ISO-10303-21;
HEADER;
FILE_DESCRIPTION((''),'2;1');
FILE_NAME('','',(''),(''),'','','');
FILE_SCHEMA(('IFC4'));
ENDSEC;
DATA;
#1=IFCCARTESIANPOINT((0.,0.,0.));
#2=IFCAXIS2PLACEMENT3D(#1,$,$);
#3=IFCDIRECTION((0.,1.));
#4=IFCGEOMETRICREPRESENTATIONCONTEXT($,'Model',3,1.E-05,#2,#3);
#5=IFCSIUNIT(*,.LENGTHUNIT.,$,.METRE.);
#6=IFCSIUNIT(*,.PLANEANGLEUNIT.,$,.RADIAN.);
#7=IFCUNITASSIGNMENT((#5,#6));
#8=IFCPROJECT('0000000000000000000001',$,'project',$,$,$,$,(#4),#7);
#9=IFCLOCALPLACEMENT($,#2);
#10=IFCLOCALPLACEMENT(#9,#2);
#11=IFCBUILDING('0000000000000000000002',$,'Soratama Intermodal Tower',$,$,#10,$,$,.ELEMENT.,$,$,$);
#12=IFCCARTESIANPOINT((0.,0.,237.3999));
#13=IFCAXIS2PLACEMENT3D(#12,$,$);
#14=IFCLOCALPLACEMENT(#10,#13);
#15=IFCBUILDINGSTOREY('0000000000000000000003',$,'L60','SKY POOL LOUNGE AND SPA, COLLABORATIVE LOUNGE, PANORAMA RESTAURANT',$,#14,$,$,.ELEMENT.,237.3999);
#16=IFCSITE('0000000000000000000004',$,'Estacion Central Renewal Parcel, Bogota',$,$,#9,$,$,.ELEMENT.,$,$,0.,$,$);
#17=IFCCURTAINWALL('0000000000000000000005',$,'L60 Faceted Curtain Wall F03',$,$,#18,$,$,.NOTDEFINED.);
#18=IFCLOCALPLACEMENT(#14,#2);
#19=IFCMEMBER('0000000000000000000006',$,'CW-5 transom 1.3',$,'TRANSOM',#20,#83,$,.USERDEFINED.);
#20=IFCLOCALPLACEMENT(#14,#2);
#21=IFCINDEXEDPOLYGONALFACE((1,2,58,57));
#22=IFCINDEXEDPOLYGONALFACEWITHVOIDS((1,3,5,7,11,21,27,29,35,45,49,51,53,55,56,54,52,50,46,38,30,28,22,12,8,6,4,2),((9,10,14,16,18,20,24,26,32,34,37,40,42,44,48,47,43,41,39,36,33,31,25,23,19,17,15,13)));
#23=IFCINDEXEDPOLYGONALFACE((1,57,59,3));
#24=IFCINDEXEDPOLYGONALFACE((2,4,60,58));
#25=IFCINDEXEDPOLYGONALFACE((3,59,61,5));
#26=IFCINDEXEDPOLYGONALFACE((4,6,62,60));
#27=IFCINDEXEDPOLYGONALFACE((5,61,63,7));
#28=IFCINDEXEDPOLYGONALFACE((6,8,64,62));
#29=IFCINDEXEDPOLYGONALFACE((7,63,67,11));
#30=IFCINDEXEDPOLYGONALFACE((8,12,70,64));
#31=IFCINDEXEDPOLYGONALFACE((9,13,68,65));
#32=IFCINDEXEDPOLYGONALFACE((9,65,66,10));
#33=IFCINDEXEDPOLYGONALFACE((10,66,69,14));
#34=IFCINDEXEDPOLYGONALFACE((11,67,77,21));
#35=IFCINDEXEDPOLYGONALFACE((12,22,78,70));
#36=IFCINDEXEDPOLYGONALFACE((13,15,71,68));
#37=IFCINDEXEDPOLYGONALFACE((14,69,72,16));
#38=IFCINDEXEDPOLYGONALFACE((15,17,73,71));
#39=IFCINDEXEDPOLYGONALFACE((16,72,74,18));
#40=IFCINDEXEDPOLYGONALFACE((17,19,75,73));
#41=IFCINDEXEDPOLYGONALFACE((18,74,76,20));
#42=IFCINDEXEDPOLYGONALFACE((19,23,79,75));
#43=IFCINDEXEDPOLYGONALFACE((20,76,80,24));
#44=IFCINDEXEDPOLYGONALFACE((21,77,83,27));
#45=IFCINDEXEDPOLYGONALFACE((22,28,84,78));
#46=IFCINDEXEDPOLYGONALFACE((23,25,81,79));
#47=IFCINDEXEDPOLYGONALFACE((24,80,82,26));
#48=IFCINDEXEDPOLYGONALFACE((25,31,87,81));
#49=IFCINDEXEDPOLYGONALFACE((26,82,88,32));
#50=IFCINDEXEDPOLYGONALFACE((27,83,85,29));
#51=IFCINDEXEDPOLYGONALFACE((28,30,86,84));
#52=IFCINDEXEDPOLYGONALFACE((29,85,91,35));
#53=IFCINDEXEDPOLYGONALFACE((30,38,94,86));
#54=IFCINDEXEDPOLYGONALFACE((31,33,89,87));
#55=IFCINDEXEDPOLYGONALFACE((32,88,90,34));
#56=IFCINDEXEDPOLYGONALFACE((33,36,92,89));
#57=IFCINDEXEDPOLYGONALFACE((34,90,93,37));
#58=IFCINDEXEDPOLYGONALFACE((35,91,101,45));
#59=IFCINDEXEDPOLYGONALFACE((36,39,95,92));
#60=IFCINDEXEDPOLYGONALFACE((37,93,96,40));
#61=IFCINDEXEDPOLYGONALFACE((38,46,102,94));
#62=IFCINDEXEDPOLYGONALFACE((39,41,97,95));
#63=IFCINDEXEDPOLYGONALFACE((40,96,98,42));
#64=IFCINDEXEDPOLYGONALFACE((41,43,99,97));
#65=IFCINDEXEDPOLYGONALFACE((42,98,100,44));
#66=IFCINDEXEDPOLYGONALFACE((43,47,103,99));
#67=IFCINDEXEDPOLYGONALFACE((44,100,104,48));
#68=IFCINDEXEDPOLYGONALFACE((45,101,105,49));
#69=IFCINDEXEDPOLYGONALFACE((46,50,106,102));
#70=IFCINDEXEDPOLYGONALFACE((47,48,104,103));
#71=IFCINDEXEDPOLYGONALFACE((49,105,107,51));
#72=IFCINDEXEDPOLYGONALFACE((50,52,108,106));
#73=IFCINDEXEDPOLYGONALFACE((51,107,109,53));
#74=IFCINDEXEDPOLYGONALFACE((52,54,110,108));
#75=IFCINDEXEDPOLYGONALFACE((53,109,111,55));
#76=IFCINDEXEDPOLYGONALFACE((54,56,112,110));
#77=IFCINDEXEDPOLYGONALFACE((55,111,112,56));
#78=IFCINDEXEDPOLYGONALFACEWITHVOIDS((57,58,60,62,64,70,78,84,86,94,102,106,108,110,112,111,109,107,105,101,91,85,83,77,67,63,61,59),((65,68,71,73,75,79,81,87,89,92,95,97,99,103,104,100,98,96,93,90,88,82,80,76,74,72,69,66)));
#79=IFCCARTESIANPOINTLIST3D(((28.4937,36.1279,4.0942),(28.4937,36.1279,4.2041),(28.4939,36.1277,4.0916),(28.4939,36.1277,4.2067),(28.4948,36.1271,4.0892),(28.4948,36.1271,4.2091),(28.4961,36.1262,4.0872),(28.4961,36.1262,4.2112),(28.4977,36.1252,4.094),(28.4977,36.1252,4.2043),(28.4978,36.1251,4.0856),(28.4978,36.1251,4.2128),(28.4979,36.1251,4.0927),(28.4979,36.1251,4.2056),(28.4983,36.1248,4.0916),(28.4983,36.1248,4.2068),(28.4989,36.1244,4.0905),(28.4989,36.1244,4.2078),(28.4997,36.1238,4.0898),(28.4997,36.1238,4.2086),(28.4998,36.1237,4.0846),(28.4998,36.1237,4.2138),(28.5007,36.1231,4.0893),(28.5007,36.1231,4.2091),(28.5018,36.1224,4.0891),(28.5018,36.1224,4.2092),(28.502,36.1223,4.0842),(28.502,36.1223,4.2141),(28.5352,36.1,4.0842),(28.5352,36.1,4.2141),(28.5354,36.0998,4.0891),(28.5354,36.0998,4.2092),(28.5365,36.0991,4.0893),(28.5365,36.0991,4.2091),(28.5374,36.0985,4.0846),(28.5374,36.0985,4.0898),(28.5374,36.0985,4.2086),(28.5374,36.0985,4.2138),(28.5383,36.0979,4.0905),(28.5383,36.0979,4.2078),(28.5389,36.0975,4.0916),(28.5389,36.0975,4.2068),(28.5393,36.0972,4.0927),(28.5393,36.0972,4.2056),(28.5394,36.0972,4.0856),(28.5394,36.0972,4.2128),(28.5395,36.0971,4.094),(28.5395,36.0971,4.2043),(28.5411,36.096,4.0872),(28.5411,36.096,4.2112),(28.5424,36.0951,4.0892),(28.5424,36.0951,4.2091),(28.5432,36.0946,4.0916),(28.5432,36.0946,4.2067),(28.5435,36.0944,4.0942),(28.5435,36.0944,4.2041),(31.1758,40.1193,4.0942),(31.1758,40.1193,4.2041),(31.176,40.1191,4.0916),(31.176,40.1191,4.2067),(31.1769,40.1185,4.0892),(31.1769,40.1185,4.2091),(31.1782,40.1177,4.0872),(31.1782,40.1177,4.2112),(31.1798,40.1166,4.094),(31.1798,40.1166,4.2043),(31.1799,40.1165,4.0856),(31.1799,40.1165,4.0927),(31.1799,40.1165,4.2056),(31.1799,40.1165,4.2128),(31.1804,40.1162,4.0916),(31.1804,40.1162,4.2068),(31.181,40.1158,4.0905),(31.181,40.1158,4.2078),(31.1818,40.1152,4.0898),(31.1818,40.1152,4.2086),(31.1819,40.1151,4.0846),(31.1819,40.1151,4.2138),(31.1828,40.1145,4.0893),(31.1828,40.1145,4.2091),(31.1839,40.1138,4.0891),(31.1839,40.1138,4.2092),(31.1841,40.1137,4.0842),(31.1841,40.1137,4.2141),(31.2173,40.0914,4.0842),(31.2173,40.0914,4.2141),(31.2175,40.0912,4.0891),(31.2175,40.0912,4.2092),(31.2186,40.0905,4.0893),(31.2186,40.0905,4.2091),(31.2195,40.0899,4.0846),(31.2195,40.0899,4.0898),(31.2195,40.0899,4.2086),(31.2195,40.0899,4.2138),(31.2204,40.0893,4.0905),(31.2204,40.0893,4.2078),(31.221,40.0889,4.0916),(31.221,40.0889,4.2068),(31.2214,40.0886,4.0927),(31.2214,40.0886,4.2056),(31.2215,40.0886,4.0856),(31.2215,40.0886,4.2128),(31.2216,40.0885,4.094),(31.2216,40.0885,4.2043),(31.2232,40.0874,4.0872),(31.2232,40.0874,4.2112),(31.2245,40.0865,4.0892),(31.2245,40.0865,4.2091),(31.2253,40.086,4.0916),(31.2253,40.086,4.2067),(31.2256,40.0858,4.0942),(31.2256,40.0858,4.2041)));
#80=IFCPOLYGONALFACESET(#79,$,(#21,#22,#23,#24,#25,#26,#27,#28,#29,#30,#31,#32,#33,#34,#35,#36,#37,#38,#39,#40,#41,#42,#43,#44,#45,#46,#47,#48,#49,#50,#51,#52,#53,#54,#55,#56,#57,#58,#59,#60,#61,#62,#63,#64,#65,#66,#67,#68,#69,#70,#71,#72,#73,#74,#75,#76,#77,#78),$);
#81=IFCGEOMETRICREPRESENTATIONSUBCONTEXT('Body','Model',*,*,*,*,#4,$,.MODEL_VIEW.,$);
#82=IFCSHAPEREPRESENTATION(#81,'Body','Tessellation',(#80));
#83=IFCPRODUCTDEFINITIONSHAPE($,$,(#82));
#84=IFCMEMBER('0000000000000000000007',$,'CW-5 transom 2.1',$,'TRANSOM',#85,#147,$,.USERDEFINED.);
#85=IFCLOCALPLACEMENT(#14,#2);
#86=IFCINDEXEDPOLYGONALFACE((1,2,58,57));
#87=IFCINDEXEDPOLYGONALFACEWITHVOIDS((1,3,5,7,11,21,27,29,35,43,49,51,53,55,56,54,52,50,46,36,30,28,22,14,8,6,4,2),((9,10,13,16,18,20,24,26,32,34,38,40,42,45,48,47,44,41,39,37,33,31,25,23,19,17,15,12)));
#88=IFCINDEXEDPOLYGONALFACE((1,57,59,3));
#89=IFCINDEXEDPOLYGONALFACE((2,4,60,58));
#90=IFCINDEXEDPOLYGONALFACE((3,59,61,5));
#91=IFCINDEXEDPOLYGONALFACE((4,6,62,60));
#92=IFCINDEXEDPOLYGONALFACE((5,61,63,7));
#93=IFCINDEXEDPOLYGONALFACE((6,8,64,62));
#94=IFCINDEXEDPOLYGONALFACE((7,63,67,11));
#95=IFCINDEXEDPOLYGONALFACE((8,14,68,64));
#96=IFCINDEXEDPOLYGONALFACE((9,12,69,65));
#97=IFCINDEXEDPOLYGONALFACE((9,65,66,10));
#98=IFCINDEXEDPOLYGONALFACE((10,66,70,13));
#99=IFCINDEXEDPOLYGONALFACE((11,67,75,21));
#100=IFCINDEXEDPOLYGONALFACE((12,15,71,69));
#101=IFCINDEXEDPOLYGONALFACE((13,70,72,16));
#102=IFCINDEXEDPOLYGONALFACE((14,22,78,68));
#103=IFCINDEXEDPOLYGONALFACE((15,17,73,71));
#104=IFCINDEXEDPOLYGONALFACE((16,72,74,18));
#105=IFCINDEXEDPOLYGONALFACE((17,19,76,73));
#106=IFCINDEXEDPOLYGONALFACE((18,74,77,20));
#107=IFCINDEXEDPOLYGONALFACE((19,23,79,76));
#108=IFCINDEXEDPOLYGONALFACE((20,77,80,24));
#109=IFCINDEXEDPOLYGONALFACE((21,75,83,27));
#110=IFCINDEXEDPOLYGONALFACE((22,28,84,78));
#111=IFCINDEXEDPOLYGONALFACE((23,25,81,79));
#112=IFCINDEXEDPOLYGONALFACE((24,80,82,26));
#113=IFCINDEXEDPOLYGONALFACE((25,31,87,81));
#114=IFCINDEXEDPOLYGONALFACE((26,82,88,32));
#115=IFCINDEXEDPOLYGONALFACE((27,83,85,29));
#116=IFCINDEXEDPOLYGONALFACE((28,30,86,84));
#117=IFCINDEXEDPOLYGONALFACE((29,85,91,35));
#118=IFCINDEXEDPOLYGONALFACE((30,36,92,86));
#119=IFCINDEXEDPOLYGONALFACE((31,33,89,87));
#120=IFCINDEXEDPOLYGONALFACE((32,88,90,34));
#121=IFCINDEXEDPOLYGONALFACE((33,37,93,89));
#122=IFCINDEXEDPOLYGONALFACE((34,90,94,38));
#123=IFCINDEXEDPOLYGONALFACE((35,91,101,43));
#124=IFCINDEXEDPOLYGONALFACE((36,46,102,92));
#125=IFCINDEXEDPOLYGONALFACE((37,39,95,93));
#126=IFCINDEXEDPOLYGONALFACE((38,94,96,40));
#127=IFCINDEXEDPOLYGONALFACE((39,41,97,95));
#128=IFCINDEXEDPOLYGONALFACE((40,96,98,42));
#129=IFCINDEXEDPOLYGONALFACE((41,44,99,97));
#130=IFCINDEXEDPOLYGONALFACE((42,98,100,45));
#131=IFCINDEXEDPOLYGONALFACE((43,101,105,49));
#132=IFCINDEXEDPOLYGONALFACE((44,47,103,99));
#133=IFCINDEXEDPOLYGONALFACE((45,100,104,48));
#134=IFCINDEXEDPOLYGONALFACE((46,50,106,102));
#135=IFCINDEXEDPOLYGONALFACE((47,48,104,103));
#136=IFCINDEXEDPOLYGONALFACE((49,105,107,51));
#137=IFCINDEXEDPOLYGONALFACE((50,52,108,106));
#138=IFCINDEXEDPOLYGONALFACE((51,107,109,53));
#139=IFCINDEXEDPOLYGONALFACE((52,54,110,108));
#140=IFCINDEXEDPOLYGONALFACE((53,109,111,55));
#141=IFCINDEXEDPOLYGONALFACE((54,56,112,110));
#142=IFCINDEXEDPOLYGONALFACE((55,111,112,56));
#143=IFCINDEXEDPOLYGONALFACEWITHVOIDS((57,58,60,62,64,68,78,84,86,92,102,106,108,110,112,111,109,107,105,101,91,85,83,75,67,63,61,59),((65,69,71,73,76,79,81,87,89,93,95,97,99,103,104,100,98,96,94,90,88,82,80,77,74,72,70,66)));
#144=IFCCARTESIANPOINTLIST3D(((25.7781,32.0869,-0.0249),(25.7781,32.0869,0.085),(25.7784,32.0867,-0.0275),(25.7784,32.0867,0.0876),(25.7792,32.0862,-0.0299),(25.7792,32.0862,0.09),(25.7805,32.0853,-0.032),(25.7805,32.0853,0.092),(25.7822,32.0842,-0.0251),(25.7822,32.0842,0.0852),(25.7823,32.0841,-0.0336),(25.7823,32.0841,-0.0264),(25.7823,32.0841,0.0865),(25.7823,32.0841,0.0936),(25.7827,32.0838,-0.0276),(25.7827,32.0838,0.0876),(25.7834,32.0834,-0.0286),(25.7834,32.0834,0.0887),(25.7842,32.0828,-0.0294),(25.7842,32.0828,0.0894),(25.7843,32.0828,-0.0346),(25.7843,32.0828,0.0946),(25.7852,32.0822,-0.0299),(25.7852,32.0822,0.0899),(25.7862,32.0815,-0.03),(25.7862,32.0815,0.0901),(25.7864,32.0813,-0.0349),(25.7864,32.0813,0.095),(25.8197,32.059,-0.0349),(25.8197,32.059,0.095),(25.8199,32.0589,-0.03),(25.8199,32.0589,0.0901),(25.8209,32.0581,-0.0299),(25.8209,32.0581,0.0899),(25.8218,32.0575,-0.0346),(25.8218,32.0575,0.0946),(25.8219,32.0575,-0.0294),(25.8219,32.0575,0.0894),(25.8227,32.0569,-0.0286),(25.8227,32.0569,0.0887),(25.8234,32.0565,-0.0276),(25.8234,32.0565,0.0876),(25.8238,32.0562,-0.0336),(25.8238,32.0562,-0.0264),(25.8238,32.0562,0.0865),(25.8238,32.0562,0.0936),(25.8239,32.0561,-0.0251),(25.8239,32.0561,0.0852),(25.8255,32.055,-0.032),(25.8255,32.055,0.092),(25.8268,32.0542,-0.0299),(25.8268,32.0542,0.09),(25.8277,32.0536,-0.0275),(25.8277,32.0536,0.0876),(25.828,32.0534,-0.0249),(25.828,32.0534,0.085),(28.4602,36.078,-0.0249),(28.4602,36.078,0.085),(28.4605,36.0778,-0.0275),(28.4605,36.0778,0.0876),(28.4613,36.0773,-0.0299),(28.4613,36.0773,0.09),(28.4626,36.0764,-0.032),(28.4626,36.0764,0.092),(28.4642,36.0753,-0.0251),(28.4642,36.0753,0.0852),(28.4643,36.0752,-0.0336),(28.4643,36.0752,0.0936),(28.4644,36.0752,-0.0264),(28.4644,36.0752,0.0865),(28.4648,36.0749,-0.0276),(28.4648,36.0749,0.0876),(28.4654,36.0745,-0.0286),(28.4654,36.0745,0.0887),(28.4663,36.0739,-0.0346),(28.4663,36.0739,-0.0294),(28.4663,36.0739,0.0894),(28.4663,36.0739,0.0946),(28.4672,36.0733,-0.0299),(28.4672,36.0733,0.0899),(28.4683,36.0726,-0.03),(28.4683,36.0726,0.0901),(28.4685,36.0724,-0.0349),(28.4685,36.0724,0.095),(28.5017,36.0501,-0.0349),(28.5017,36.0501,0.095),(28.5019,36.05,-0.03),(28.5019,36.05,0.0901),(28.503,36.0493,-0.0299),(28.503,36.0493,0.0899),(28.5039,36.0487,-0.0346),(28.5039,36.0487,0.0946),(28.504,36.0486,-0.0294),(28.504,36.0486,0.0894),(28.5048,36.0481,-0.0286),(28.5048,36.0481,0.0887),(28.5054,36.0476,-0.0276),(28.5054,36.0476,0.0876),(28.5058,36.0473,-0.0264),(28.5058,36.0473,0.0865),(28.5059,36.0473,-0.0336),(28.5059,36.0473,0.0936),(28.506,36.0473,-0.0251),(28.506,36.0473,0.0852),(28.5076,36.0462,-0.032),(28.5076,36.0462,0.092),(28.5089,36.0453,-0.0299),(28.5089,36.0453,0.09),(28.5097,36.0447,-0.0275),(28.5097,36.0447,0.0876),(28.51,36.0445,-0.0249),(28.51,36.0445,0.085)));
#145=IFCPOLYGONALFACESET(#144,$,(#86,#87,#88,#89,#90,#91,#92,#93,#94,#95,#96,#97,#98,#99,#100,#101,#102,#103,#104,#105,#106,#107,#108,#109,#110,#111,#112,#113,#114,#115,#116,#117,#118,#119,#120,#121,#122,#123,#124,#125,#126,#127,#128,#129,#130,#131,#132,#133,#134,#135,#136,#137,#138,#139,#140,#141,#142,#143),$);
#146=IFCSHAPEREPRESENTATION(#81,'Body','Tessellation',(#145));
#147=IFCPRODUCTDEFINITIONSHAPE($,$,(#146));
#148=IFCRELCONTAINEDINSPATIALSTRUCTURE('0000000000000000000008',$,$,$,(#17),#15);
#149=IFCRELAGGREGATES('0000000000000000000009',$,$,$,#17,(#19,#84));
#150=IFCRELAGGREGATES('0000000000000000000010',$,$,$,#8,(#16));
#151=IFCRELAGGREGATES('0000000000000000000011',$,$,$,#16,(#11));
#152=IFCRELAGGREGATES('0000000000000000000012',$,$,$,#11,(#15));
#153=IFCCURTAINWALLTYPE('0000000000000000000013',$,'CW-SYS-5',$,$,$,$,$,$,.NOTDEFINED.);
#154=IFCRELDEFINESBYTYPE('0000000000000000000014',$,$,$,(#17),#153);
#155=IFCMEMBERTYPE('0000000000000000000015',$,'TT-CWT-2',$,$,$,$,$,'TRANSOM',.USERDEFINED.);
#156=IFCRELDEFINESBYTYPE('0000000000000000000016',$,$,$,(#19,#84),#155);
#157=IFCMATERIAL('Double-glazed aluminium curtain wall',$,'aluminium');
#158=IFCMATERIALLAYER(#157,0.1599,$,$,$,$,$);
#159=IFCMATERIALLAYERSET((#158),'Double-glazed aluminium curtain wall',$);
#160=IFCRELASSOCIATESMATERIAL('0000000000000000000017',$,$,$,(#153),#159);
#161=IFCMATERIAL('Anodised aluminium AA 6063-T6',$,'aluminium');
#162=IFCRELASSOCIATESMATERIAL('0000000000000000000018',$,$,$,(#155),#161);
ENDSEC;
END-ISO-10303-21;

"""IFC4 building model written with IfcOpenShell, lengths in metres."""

from ifc_helpers import new_model, si_unit, direction, frame, origin, origin_2d, place, context, subcontext, project, spatial, hollow_rectangle, extrude, material, layer, layer_set, material_profile, profile_set, type_object, element, aggregate, save


model = new_model("IFC4")

# Units and contexts
model_context = context("Model", 3, precision=1e-05, world=origin(), true_north=direction((0.0, 1.0)))
body_context = subcontext(model_context, "Body", "Model", "MODEL_VIEW")
ifc_project = project(units=[si_unit("LENGTHUNIT", "METRE"), si_unit("PLANEANGLEUNIT", "RADIAN")], contexts=[model_context])

# Site, building, storey
site_placement = place(None, origin())
site = spatial("IfcSite", under=ifc_project, at=site_placement, Name="Estacion Central Renewal Parcel, Bogota", CompositionType="ELEMENT", RefElevation=0.0)
building_placement = place(site_placement, origin())
building = spatial("IfcBuilding", under=site, at=building_placement, Name="Soratama Intermodal Tower", CompositionType="ELEMENT")
storey_placement = place(building_placement, frame((0.0, 0.0, 237.3999)))
storey = spatial("IfcBuildingStorey", under=building, at=storey_placement, Name="L60", Description="SKY POOL LOUNGE AND SPA, COLLABORATIVE LOUNGE, PANORAMA RESTAURANT", CompositionType="ELEMENT", Elevation=237.3999)

# Curtain wall, members
ifc_material_1 = material(Name="Double-glazed aluminium curtain wall", Category="aluminium")
ifc_layer_1 = layer(ifc_material_1, 0.1599)
ifc_layer_set_1 = layer_set([ifc_layer_1], Name="Double-glazed aluminium curtain wall")
curtain_wall_type = type_object("IfcCurtainWallType", Name="CW-SYS-5", PredefinedType="NOTDEFINED", material=ifc_layer_set_1)
curtain_wall_placement = place(storey_placement, origin())
curtain_wall = element("IfcCurtainWall", 1, at=curtain_wall_placement, inside=storey, type_object=curtain_wall_type, Name="L60 Faceted Curtain Wall F03", PredefinedType="NOTDEFINED")
ifc_material_2 = material(Name="Anodised aluminium AA 6063-T6", Category="aluminium")
ifc_material_profile_1 = material_profile(ifc_material_2, hollow_rectangle(XDim=0.0601, YDim=0.1299, WallThickness=0.0049, InnerFilletRadius=0.0049, OuterFilletRadius=0.01, at=origin_2d()), Name="CWT130X60X5")
ifc_profile_set_1 = profile_set([ifc_material_profile_1], Name="Anodised aluminium AA 6063-T6")
member_type_1 = type_object("IfcMemberType", Name="TT-CWT-2", ElementType="TRANSOM", PredefinedType="USERDEFINED", material=ifc_profile_set_1)
member_1_placement = place(storey_placement, frame((31.2007, 40.1025, 4.1492), z_axis=(-0.557743, -0.830014, 0.0), x_axis=(0.830014, -0.557743, 0.0)))
member_1 = element("IfcMember", 2, at=member_1_placement, type_object=member_type_1, Name="CW-5 transom 1.3", ObjectType="TRANSOM", PredefinedType="USERDEFINED", context=body_context, shape_type="SweptSolid", body=[
    extrude(hollow_rectangle(XDim=0.0601, YDim=0.1299, WallThickness=0.0049, InnerFilletRadius=0.0049, OuterFilletRadius=0.01, at=origin_2d()), origin(), (0.0, 0.0, 1.0), 4.8088),
])
member_2_placement = place(storey_placement, frame((28.4851, 36.0613, 0.03), z_axis=(-0.557766, -0.829998, 0.0), x_axis=(0.829998, -0.557766, 0.0)))
member_2 = element("IfcMember", 3, at=member_2_placement, type_object=member_type_1, Name="CW-5 transom 2.1", ObjectType="TRANSOM", PredefinedType="USERDEFINED", context=body_context, shape_type="SweptSolid", body=[
    extrude(hollow_rectangle(XDim=0.0601, YDim=0.1299, WallThickness=0.0049, InnerFilletRadius=0.0049, OuterFilletRadius=0.01, at=origin_2d()), origin(), (0.0, 0.0, 1.0), 4.8086),
])
aggregate(curtain_wall, [member_1, member_2])

save(model, "model.ifc")
